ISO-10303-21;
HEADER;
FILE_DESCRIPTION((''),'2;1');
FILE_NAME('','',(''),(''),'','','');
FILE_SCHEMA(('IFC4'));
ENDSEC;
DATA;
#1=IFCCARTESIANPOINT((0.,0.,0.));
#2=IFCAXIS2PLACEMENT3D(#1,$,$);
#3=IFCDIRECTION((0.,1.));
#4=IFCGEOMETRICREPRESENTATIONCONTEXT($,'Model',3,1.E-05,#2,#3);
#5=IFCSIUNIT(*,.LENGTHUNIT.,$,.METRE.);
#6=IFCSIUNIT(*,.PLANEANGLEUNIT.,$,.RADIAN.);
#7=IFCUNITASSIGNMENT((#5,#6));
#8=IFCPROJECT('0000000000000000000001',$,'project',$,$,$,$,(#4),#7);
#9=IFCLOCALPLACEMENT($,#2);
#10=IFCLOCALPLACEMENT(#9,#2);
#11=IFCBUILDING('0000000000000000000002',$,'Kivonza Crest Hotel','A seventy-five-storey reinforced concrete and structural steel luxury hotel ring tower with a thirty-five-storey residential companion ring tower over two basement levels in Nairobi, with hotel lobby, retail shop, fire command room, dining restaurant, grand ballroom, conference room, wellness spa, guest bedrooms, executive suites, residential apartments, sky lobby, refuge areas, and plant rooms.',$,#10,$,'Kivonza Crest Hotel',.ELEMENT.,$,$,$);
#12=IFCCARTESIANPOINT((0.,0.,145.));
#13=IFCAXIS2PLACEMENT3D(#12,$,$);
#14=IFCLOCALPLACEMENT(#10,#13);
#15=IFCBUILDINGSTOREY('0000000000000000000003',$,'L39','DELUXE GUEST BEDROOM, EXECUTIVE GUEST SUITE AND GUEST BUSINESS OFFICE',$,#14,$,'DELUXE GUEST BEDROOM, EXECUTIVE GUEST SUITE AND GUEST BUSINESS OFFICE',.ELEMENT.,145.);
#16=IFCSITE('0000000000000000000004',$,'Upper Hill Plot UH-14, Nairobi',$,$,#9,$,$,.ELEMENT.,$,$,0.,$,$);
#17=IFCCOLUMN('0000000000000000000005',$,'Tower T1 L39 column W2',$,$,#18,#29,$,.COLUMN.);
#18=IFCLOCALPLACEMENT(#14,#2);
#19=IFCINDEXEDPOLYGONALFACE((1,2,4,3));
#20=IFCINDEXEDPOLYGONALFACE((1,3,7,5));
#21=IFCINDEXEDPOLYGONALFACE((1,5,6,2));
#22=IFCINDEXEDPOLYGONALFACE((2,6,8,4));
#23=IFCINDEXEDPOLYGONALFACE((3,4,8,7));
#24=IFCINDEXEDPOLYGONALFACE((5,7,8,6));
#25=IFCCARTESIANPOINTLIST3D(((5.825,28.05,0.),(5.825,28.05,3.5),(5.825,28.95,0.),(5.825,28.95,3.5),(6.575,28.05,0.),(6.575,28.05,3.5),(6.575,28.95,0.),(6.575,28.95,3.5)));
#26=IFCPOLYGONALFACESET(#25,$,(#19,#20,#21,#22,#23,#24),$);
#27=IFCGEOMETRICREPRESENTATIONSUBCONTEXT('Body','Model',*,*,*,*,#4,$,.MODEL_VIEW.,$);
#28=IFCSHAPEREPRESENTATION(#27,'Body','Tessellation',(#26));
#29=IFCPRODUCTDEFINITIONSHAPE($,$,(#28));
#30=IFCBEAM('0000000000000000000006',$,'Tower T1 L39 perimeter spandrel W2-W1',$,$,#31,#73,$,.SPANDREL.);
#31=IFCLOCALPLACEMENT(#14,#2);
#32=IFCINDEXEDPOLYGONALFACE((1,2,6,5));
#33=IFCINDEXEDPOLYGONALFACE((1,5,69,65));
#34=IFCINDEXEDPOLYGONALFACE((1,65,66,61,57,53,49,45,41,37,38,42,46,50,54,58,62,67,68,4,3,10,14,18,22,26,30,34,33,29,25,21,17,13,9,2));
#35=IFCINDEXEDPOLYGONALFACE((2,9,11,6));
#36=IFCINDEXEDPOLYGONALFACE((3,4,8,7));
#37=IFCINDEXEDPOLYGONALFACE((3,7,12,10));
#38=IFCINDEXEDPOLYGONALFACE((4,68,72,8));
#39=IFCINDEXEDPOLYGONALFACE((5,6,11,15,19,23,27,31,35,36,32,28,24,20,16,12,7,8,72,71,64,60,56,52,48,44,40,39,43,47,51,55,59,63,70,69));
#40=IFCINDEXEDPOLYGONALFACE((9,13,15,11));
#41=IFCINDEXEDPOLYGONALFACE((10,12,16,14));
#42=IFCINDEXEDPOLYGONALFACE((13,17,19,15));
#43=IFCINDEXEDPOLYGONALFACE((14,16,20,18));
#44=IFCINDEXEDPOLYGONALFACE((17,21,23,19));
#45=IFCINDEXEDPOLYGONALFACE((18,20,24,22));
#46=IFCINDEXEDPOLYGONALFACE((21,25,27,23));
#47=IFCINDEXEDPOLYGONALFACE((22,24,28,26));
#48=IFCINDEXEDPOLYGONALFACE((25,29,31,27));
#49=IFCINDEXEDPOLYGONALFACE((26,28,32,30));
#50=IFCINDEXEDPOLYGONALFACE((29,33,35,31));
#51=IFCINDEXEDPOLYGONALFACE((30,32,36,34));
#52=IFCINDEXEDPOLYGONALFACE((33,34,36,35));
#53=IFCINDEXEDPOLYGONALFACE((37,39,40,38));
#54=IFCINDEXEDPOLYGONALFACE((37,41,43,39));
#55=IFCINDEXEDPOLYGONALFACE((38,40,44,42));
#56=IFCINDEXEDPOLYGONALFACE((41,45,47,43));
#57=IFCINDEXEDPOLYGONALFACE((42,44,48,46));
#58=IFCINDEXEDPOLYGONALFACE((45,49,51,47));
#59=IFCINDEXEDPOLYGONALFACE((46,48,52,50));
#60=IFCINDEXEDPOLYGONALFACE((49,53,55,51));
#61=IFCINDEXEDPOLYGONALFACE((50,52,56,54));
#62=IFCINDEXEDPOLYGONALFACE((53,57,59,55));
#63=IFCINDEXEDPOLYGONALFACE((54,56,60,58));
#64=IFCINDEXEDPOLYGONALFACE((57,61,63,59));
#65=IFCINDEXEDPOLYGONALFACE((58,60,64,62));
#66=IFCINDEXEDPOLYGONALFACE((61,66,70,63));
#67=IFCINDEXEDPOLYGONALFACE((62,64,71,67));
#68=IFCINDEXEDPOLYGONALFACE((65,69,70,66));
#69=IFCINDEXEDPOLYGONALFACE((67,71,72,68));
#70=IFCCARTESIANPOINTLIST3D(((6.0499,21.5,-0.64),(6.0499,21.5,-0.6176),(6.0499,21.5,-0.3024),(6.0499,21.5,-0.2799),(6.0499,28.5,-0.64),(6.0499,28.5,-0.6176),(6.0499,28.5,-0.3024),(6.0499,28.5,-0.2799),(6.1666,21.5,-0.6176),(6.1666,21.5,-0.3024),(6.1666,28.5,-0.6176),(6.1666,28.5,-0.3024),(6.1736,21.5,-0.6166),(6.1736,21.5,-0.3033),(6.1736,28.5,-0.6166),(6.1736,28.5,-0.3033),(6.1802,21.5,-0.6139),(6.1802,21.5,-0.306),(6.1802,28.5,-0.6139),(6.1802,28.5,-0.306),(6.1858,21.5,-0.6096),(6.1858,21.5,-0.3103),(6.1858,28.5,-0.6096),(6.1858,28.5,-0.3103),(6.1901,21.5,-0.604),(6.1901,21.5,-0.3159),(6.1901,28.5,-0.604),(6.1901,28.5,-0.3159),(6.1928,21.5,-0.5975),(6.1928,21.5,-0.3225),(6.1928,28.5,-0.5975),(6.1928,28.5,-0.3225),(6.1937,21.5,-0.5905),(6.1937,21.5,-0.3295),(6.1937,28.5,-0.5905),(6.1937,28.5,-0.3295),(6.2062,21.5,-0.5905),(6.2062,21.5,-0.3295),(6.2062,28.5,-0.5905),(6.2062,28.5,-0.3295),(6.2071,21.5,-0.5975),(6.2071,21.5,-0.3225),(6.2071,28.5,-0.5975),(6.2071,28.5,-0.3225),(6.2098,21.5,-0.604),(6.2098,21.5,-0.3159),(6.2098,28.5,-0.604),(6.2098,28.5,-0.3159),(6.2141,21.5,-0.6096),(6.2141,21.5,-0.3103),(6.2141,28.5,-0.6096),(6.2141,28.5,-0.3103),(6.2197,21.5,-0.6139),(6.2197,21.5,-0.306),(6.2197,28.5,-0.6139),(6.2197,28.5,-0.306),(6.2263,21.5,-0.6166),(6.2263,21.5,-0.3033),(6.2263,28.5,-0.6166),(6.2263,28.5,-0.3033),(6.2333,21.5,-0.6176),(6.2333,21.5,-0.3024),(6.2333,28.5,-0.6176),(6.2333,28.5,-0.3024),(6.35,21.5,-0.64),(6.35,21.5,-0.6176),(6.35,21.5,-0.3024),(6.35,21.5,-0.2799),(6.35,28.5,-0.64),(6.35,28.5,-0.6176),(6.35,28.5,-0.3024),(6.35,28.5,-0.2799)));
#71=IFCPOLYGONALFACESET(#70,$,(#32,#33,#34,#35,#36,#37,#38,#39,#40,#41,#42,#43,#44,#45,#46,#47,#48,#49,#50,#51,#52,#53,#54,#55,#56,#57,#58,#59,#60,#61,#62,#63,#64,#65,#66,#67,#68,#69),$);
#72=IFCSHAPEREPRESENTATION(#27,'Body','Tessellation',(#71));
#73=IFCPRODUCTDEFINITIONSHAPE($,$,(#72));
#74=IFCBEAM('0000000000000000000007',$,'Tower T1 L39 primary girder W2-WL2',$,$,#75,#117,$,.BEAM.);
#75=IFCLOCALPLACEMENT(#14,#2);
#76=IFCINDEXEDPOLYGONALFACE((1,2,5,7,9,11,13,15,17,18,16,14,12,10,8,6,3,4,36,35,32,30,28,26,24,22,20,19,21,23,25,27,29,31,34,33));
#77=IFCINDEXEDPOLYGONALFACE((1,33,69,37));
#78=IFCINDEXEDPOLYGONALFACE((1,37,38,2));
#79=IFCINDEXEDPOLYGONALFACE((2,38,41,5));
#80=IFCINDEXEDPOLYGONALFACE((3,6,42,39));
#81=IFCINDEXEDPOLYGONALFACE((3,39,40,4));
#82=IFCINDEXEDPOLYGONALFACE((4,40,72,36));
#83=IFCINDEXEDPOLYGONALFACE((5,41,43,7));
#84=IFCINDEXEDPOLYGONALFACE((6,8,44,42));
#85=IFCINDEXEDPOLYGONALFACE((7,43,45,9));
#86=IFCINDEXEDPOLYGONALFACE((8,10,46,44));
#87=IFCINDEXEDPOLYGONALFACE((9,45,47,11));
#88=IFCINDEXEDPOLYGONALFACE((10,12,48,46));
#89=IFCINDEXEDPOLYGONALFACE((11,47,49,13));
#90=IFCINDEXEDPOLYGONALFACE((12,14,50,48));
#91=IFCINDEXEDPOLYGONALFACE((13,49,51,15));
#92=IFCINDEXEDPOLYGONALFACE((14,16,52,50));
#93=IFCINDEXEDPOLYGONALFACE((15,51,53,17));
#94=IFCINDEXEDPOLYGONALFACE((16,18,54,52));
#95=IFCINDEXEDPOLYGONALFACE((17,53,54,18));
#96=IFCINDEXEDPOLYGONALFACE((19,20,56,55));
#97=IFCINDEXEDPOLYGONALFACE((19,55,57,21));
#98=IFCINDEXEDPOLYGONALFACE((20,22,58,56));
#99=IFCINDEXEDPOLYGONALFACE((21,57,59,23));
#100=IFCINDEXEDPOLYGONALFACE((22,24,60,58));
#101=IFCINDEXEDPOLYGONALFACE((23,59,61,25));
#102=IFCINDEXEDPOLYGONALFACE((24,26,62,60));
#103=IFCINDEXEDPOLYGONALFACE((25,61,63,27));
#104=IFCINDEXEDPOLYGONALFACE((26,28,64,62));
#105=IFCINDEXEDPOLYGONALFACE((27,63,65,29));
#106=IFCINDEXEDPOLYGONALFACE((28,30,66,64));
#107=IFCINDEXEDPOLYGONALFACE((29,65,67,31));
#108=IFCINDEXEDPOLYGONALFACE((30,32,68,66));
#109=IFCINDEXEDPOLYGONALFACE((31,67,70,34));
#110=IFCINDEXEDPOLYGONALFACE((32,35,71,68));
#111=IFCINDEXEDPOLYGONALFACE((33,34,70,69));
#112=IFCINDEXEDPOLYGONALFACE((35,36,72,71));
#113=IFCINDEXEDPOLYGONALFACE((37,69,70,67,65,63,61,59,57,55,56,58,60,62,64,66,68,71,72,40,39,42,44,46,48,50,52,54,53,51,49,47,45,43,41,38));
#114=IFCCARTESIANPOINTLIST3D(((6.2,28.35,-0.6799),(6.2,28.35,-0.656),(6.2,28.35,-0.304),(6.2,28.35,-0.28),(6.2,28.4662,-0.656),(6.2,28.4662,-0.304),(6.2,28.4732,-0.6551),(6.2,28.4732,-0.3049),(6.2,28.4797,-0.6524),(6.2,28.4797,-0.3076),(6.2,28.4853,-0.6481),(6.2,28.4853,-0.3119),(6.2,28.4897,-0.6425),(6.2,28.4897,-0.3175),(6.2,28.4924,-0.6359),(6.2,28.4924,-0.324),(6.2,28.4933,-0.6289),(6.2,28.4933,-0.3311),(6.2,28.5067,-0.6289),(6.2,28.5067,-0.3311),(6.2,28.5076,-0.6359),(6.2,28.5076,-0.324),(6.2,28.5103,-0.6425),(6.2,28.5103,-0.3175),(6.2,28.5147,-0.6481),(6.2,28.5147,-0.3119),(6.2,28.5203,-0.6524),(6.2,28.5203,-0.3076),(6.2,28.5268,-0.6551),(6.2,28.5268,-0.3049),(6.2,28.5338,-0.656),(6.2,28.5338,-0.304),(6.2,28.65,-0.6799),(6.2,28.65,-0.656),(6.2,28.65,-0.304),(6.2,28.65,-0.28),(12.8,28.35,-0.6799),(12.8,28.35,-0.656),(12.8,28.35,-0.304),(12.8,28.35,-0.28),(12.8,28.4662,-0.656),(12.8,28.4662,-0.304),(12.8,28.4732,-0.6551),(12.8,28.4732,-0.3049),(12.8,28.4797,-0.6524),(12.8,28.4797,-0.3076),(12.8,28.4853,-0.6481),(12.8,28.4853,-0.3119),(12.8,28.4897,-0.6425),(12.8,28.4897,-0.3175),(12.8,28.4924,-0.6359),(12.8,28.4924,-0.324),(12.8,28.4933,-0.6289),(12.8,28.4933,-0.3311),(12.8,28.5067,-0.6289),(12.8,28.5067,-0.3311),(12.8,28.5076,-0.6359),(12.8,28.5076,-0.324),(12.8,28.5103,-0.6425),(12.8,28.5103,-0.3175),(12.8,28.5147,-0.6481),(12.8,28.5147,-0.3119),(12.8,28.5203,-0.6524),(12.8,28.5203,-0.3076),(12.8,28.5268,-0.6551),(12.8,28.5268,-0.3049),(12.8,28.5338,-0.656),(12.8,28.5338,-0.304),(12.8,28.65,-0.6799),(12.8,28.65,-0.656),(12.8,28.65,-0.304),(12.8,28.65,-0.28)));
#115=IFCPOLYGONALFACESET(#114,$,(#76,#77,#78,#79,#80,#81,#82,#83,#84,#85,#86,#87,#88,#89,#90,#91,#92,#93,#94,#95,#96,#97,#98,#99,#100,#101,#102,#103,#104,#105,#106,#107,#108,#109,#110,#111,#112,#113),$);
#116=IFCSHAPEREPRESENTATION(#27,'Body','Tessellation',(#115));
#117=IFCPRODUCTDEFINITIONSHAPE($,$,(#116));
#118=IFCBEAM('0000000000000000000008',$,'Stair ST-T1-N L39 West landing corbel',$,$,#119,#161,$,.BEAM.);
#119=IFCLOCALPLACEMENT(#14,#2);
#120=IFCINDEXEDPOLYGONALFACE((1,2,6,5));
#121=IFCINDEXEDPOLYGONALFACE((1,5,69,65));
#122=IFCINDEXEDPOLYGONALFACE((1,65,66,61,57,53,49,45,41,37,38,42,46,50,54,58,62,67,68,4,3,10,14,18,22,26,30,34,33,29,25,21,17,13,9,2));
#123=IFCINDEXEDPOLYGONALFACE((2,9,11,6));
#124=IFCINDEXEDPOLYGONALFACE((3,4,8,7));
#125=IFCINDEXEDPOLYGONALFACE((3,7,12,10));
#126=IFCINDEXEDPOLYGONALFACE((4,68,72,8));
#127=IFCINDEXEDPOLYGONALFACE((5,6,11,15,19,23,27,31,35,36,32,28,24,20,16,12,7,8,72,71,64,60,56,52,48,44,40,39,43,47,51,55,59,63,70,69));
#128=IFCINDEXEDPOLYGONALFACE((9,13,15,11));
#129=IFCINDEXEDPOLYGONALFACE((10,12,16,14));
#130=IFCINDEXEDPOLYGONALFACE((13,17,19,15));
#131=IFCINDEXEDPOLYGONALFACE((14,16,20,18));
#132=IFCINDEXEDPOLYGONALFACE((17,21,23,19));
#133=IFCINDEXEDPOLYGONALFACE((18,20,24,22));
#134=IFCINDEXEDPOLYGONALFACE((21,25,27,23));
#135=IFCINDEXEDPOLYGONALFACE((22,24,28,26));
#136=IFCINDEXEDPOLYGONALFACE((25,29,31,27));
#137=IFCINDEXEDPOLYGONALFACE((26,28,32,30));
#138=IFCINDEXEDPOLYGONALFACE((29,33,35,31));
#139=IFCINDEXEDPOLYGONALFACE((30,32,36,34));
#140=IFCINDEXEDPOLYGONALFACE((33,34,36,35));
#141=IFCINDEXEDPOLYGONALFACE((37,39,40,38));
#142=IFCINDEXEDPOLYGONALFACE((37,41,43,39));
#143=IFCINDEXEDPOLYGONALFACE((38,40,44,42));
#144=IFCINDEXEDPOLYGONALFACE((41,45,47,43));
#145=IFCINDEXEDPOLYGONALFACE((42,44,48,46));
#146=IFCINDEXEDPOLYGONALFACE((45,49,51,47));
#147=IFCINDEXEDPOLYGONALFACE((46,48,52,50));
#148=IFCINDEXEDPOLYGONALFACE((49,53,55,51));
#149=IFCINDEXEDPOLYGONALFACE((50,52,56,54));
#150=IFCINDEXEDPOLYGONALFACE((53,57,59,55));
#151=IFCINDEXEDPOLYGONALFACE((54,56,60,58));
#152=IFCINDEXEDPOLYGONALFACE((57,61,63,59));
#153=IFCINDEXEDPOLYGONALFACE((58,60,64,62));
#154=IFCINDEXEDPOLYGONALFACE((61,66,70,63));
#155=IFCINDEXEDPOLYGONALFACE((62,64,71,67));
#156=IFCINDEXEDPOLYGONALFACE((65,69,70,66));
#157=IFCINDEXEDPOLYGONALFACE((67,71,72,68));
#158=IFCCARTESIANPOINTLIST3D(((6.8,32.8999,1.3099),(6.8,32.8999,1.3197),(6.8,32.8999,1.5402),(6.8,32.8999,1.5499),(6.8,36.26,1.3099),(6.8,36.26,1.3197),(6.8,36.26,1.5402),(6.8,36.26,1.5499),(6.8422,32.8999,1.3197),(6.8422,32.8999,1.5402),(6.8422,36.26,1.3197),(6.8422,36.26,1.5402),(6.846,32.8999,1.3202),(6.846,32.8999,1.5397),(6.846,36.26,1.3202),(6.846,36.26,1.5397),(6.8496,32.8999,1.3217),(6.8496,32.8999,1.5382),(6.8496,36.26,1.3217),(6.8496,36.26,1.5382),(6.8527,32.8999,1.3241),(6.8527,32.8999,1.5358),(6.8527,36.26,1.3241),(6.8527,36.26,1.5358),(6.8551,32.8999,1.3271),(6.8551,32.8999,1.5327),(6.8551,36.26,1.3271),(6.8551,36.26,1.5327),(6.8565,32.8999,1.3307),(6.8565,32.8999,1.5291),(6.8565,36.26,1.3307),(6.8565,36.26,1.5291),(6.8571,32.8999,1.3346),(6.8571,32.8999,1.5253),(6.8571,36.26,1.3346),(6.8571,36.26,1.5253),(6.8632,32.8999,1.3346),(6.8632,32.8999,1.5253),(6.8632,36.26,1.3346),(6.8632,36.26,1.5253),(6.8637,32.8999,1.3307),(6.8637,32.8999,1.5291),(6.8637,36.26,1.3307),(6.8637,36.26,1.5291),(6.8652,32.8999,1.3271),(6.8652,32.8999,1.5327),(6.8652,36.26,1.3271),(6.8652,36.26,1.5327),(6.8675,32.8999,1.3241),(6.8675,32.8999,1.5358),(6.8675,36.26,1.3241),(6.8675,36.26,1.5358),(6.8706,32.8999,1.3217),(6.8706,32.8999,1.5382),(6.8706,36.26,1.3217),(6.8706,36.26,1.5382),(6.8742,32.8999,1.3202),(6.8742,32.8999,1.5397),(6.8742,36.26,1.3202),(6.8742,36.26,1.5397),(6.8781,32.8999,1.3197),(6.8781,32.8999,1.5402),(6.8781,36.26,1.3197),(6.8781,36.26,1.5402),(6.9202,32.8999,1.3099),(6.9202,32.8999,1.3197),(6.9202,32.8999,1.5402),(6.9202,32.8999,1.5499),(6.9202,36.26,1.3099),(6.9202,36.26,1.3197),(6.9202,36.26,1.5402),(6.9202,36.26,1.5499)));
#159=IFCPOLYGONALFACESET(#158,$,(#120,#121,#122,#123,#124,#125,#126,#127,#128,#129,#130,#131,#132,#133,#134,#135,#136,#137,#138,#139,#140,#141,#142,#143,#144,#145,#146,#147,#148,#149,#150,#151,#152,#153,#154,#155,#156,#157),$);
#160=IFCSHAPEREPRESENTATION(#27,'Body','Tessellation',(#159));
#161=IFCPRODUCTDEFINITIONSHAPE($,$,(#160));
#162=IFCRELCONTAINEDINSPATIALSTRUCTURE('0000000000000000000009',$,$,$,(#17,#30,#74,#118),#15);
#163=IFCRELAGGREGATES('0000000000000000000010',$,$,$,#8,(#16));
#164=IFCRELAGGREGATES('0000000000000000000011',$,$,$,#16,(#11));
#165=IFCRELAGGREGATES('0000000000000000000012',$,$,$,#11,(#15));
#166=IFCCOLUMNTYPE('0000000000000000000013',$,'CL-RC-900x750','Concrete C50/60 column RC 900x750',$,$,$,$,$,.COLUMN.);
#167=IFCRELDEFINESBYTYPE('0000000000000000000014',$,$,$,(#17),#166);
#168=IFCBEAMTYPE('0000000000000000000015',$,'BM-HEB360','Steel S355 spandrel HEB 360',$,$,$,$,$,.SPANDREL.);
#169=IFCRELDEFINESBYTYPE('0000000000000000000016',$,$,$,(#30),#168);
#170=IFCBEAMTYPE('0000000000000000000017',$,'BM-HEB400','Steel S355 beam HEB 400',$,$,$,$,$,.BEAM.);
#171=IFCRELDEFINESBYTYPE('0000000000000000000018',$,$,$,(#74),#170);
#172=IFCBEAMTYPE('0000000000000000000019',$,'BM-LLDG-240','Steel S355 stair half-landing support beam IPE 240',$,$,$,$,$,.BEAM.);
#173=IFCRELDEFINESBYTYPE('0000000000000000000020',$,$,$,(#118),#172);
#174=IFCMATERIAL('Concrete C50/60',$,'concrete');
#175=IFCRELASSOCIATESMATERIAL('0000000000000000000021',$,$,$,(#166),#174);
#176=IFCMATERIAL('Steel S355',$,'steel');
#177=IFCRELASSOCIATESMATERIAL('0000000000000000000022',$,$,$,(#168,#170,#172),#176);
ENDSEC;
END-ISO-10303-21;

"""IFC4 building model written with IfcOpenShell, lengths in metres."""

from ifc_helpers import new_model, si_unit, direction, frame, origin, origin_2d, place, context, subcontext, project, spatial, rectangle, i_section, extrude, material, material_profile, profile_set, type_object, element, save


model = new_model("IFC4")

# Units and contexts
model_context = context("Model", 3, precision=1e-05, world=origin(), true_north=direction((0.0, 1.0)))
body_context = subcontext(model_context, "Body", "Model", "MODEL_VIEW")
ifc_project = project(units=[si_unit("LENGTHUNIT", "METRE"), si_unit("PLANEANGLEUNIT", "RADIAN")], contexts=[model_context])

# Site, building, storey
site_placement = place(None, origin())
site = spatial("IfcSite", under=ifc_project, at=site_placement, Name="Upper Hill Plot UH-14, Nairobi", CompositionType="ELEMENT", RefElevation=0.0)
building_placement = place(site_placement, origin())
building = spatial("IfcBuilding", under=site, at=building_placement, Name="Kivonza Crest Hotel", Description="A seventy-five-storey reinforced concrete and structural steel luxury hotel ring tower with a thirty-five-storey residential companion ring tower over two basement levels in Nairobi, with hotel lobby, retail shop, fire command room, dining restaurant, grand ballroom, conference room, wellness spa, guest bedrooms, executive suites, residential apartments, sky lobby, refuge areas, and plant rooms.", LongName="Kivonza Crest Hotel", CompositionType="ELEMENT")
storey_placement = place(building_placement, frame((0.0, 0.0, 145.0)))
storey = spatial("IfcBuildingStorey", under=building, at=storey_placement, Name="L39", Description="DELUXE GUEST BEDROOM, EXECUTIVE GUEST SUITE AND GUEST BUSINESS OFFICE", LongName="DELUXE GUEST BEDROOM, EXECUTIVE GUEST SUITE AND GUEST BUSINESS OFFICE", CompositionType="ELEMENT", Elevation=145.0)

# Column
ifc_material_1 = material(Name="Concrete C50/60", Category="concrete")
ifc_material_profile_1 = material_profile(ifc_material_1, rectangle(XDim=0.75, YDim=0.8999, at=origin_2d()), Name="RC 900x750")
ifc_profile_set_1 = profile_set([ifc_material_profile_1], Name="Concrete C50/60")
column_type = type_object("IfcColumnType", Name="CL-RC-900x750", Description="Concrete C50/60 column RC 900x750", PredefinedType="COLUMN", material=ifc_profile_set_1)
column_placement = place(storey_placement, frame((6.2, 28.5, 0.0), z_axis=(0.0, 0.0, 1.0), x_axis=(1.0, 0.0, 0.0)))
element("IfcColumn", 1, at=column_placement, inside=storey, type_object=column_type, Name="Tower T1 L39 column W2", PredefinedType="COLUMN", context=body_context, shape_type="SweptSolid", body=[
    extrude(rectangle(XDim=0.75, YDim=0.8999, at=origin_2d()), origin(), (0.0, 0.0, 1.0), 3.5),
])

# Beams
ifc_material_2 = material(Name="Steel S355", Category="steel")
ifc_material_profile_2 = material_profile(ifc_material_2, i_section(OverallWidth=0.3, OverallDepth=0.3601, WebThickness=0.0125, FlangeThickness=0.0225, FilletRadius=0.0271, at=origin_2d()), Name="HEB 360")
ifc_profile_set_2 = profile_set([ifc_material_profile_2], Name="Steel S355")
beam_type_1 = type_object("IfcBeamType", Name="BM-HEB360", Description="Steel S355 spandrel HEB 360", PredefinedType="SPANDREL", material=ifc_profile_set_2)
beam_1_placement = place(storey_placement, frame((6.2, 28.5, -0.46), z_axis=(0.0, -1.0, 0.0), x_axis=(1.0, 0.0, 0.0)))
element("IfcBeam", 2, at=beam_1_placement, inside=storey, type_object=beam_type_1, Name="Tower T1 L39 perimeter spandrel W2-W1", PredefinedType="SPANDREL", context=body_context, shape_type="SweptSolid", body=[
    extrude(i_section(OverallWidth=0.3, OverallDepth=0.3601, WebThickness=0.0125, FlangeThickness=0.0225, FilletRadius=0.0271, at=origin_2d()), origin(), (0.0, 0.0, 1.0), 7.0),
])
ifc_material_profile_3 = material_profile(ifc_material_2, i_section(OverallWidth=0.3, OverallDepth=0.3999, WebThickness=0.0134, FlangeThickness=0.0239, FilletRadius=0.0271, at=origin_2d()), Name="HEB 400")
ifc_profile_set_3 = profile_set([ifc_material_profile_3], Name="Steel S355")
beam_type_2 = type_object("IfcBeamType", Name="BM-HEB400", Description="Steel S355 beam HEB 400", PredefinedType="BEAM", material=ifc_profile_set_3)
beam_2_placement = place(storey_placement, frame((6.2, 28.5, -0.48), z_axis=(1.0, 0.0, 0.0), x_axis=(0.0, 1.0, 0.0)))
element("IfcBeam", 3, at=beam_2_placement, inside=storey, type_object=beam_type_2, Name="Tower T1 L39 primary girder W2-WL2", PredefinedType="BEAM", context=body_context, shape_type="SweptSolid", body=[
    extrude(i_section(OverallWidth=0.3, OverallDepth=0.3999, WebThickness=0.0134, FlangeThickness=0.0239, FilletRadius=0.0271, at=origin_2d()), origin(), (0.0, 0.0, 1.0), 6.6001),
])
ifc_material_profile_4 = material_profile(ifc_material_2, i_section(OverallWidth=0.1201, OverallDepth=0.24, WebThickness=0.0061, FlangeThickness=0.0098, FilletRadius=0.0149, at=origin_2d()), Name="IPE 240")
ifc_profile_set_4 = profile_set([ifc_material_profile_4], Name="Steel S355")
beam_type_3 = type_object("IfcBeamType", Name="BM-LLDG-240", Description="Steel S355 stair half-landing support beam IPE 240", PredefinedType="BEAM", material=ifc_profile_set_4)
beam_3_placement = place(storey_placement, frame((6.8601, 32.8999, 1.4299), z_axis=(0.0, 1.0, 0.0), x_axis=(-1.0, 0.0, 0.0)))
element("IfcBeam", 4, at=beam_3_placement, inside=storey, type_object=beam_type_3, Name="Stair ST-T1-N L39 West landing corbel", PredefinedType="BEAM", context=body_context, shape_type="SweptSolid", body=[
    extrude(i_section(OverallWidth=0.1201, OverallDepth=0.24, WebThickness=0.0061, FlangeThickness=0.0098, FilletRadius=0.0149, at=origin_2d()), origin(), (0.0, 0.0, 1.0), 3.3601),
])

save(model, "model.ifc")
